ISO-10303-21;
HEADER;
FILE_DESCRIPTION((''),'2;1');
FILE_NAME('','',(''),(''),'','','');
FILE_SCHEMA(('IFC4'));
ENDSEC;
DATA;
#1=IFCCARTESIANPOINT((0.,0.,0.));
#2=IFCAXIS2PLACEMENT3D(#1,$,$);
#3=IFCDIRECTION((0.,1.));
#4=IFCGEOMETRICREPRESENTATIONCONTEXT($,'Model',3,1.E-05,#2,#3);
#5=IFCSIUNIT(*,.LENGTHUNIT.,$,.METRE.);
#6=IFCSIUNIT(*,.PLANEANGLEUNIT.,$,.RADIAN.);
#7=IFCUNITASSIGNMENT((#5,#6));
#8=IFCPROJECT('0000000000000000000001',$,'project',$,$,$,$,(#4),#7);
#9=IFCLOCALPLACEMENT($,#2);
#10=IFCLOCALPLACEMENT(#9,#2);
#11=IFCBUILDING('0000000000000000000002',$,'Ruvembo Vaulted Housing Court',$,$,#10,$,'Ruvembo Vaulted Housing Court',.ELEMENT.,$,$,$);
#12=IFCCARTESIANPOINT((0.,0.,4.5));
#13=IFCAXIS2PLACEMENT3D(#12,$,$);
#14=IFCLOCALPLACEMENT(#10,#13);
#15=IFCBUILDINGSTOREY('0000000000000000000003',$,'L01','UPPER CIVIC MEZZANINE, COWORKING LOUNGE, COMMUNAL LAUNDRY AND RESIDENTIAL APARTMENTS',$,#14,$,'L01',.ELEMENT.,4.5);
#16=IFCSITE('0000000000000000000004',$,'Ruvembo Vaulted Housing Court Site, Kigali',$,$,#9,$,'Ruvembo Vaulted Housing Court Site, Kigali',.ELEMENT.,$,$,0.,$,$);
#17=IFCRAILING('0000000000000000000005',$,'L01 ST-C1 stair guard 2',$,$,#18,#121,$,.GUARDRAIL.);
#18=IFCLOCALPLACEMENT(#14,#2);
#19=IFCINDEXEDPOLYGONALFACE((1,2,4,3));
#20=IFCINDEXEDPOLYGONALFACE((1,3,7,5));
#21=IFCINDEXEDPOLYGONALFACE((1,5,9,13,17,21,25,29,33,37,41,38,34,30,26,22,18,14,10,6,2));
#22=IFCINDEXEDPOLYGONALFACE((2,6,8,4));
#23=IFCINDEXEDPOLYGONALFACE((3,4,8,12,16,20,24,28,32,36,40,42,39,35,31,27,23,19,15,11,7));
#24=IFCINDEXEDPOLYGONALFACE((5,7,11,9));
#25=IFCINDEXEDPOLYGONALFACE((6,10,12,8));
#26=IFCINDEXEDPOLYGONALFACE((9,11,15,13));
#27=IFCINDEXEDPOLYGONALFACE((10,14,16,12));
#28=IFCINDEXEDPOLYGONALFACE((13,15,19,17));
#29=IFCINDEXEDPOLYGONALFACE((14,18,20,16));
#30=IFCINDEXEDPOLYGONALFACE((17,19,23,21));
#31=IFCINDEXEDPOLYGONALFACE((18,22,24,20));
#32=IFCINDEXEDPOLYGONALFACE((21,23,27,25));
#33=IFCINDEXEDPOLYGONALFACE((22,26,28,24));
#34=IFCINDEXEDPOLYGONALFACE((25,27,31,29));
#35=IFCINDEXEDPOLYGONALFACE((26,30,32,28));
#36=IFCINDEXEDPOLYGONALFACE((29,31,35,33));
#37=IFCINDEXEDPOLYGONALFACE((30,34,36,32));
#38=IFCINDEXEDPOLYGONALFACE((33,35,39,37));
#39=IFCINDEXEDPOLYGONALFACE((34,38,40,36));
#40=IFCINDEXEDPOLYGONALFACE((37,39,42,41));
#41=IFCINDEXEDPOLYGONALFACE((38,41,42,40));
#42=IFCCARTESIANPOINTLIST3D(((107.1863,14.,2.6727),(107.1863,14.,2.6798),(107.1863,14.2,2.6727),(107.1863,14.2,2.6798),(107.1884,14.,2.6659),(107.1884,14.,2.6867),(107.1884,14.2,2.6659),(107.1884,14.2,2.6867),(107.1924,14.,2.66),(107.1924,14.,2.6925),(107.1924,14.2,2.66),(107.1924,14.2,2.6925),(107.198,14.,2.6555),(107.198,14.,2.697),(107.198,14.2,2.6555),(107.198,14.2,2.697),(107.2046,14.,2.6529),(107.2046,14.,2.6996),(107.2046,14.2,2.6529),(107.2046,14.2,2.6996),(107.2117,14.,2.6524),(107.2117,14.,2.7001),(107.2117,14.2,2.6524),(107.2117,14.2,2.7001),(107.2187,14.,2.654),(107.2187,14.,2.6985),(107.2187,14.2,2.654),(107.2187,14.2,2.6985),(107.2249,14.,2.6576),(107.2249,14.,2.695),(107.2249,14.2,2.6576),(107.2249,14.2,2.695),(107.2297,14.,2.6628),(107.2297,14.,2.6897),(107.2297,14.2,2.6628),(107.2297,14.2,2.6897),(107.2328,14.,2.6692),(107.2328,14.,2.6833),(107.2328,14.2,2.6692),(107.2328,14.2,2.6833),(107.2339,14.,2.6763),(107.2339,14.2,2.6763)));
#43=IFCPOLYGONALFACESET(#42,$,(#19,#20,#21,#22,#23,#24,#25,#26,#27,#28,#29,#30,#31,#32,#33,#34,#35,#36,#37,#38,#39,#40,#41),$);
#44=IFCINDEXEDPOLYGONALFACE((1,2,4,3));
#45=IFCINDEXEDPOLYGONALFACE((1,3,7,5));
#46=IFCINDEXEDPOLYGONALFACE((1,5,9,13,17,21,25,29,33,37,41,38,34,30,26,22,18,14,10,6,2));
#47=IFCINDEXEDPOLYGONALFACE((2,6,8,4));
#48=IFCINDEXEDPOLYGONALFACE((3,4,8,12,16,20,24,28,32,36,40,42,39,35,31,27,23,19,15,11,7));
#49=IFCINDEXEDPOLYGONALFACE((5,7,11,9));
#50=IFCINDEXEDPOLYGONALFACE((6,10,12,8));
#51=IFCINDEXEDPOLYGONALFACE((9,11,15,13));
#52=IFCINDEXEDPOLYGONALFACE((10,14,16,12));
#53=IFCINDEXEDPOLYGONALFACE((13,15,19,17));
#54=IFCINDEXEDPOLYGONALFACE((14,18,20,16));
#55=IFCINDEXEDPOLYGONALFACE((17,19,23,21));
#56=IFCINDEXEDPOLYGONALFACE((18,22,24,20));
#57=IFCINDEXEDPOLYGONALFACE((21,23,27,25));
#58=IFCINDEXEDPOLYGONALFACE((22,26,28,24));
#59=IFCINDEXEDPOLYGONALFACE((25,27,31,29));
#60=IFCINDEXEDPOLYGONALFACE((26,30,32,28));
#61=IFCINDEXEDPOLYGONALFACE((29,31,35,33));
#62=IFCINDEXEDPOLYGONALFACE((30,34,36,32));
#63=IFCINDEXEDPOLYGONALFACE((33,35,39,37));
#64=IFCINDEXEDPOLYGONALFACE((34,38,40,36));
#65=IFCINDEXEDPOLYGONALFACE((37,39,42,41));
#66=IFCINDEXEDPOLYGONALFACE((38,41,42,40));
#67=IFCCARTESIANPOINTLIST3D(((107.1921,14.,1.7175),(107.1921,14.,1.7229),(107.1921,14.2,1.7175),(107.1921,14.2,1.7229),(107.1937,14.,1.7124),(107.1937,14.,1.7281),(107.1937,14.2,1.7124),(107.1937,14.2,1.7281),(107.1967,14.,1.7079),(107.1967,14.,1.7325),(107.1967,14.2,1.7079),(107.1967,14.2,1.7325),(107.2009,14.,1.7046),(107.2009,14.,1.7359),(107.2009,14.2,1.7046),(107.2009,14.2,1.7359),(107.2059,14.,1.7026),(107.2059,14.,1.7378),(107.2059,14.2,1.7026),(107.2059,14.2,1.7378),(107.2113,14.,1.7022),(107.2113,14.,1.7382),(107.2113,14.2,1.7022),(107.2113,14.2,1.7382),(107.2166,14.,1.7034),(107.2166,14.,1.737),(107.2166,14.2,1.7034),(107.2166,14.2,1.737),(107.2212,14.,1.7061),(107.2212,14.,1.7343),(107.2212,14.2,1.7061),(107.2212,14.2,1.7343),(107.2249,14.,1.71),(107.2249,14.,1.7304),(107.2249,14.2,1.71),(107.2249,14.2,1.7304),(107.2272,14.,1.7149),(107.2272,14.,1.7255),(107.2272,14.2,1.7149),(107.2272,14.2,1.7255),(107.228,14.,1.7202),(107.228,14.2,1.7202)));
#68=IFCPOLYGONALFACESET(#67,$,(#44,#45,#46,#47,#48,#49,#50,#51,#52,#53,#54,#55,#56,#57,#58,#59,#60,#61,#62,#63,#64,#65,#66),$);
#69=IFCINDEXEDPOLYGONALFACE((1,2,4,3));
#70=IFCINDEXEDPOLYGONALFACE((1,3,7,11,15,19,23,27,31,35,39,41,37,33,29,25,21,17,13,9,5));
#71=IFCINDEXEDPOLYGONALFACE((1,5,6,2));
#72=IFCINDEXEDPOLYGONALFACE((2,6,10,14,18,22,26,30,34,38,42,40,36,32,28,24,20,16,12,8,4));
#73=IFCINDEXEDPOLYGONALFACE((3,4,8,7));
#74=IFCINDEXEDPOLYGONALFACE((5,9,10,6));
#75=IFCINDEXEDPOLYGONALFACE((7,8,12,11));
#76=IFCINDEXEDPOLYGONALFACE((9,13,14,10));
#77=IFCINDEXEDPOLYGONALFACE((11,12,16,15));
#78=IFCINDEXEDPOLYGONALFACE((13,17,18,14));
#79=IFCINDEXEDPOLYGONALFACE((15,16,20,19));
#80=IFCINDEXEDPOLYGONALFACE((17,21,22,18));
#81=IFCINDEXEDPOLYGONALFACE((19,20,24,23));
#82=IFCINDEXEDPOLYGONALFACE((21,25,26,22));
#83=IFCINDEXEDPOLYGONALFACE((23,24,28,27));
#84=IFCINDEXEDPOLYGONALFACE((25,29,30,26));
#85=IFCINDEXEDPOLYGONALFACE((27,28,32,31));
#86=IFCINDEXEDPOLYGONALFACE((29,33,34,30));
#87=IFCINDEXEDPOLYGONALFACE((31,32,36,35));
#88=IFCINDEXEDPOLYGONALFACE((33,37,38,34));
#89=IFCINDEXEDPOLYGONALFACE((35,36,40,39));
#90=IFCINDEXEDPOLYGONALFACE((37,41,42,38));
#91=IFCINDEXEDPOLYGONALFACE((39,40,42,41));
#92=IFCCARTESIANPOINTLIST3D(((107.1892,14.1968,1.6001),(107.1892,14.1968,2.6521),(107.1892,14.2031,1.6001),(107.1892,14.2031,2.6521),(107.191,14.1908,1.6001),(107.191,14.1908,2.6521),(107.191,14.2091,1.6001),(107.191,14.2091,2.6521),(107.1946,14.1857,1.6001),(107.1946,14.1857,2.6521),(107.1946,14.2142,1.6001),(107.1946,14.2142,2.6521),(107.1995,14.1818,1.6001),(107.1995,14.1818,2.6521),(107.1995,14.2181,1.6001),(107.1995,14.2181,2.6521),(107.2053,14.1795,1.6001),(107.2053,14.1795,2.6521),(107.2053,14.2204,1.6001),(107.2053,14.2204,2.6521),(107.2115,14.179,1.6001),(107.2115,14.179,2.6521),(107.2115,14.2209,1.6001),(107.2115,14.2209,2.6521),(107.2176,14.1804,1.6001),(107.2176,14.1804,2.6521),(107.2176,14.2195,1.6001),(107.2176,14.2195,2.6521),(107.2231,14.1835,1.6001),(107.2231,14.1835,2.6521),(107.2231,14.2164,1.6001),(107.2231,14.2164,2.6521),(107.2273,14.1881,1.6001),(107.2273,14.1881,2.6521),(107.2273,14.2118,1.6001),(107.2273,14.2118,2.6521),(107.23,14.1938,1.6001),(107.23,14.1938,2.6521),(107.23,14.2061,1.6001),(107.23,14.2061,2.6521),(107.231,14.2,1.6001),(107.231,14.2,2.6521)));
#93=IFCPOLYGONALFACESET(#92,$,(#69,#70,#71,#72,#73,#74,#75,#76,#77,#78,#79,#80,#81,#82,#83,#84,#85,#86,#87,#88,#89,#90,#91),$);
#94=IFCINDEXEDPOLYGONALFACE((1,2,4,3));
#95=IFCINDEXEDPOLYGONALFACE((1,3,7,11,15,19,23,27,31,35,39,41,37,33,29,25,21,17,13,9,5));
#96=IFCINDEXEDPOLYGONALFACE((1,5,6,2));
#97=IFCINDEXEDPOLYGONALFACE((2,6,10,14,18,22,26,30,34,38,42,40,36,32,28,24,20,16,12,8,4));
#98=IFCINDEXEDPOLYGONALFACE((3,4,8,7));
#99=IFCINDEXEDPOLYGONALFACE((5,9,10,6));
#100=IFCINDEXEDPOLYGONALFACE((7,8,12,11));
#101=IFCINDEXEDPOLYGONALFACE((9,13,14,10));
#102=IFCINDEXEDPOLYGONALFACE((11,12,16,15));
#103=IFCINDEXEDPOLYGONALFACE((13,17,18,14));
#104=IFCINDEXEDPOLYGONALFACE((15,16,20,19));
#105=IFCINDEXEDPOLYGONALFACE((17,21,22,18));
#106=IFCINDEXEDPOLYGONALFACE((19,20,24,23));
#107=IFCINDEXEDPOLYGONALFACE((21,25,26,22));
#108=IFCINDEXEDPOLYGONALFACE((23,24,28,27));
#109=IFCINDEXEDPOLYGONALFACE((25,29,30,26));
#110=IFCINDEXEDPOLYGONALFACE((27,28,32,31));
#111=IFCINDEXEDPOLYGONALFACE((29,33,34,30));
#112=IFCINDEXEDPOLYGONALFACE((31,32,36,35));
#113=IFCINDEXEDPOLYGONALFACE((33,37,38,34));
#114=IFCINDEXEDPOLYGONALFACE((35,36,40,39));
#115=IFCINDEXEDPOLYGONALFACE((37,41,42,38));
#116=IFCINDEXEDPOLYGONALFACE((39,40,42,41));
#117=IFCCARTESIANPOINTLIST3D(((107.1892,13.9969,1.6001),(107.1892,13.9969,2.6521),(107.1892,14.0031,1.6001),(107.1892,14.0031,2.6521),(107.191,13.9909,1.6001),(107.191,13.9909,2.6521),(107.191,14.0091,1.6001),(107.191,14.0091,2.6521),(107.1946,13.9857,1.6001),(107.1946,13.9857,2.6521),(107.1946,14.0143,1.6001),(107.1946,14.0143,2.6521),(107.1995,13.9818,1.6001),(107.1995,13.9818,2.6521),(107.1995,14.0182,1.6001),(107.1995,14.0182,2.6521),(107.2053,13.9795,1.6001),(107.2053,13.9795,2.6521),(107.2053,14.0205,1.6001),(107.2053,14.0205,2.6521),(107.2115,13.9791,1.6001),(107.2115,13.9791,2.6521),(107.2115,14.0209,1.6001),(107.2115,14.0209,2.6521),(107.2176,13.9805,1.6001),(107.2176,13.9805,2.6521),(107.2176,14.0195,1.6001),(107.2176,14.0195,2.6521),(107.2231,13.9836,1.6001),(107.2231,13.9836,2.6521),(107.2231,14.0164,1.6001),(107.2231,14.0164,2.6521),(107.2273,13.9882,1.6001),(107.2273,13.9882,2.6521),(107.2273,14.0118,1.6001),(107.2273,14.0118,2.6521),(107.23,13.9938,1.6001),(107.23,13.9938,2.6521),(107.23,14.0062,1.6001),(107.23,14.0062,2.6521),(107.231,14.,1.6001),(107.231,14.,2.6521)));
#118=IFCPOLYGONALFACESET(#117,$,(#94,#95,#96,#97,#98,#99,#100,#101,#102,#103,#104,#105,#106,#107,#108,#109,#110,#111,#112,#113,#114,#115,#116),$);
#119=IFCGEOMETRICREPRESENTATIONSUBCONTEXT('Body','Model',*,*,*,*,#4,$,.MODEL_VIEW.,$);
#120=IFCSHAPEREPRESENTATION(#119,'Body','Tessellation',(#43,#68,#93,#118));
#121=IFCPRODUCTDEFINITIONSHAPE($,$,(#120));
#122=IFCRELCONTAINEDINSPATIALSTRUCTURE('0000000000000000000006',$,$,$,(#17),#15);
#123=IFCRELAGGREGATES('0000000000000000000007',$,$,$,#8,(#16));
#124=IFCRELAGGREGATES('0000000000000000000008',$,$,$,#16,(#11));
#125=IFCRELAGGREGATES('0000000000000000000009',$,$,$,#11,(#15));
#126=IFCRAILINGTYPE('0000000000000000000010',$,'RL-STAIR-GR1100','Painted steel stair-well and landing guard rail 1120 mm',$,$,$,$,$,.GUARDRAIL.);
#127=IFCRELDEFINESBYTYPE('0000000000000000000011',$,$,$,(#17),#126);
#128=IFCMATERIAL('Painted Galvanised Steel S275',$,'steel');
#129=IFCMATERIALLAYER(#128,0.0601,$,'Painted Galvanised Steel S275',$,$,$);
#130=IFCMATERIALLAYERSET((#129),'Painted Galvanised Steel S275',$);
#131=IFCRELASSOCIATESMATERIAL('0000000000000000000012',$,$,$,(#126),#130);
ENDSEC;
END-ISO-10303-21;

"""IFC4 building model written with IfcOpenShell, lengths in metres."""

from ifc_helpers import new_model, si_unit, direction, frame, origin, origin_2d, place, context, subcontext, project, spatial, circle, extrude, material, layer, layer_set, type_object, element, save


model = new_model("IFC4")

# Units and contexts
model_context = context("Model", 3, precision=1e-05, world=origin(), true_north=direction((0.0, 1.0)))
body_context = subcontext(model_context, "Body", "Model", "MODEL_VIEW")
ifc_project = project(units=[si_unit("LENGTHUNIT", "METRE"), si_unit("PLANEANGLEUNIT", "RADIAN")], contexts=[model_context])

# Site, building, storey
site_placement = place(None, origin())
site = spatial("IfcSite", under=ifc_project, at=site_placement, Name="Ruvembo Vaulted Housing Court Site, Kigali", LongName="Ruvembo Vaulted Housing Court Site, Kigali", CompositionType="ELEMENT", RefElevation=0.0)
building_placement = place(site_placement, origin())
building = spatial("IfcBuilding", under=site, at=building_placement, Name="Ruvembo Vaulted Housing Court", LongName="Ruvembo Vaulted Housing Court", CompositionType="ELEMENT")
storey_placement = place(building_placement, frame((0.0, 0.0, 4.5)))
storey = spatial("IfcBuildingStorey", under=building, at=storey_placement, Name="L01", Description="UPPER CIVIC MEZZANINE, COWORKING LOUNGE, COMMUNAL LAUNDRY AND RESIDENTIAL APARTMENTS", LongName="L01", CompositionType="ELEMENT", Elevation=4.5)

# Railing
ifc_material_1 = material(Name="Painted Galvanised Steel S275", Category="steel")
ifc_layer_1 = layer(ifc_material_1, 0.0601, Name="Painted Galvanised Steel S275")
ifc_layer_set_1 = layer_set([ifc_layer_1], Name="Painted Galvanised Steel S275")
railing_type_1 = type_object("IfcRailingType", Name="RL-STAIR-GR1100", Description="Painted steel stair-well and landing guard rail 1120 mm", PredefinedType="GUARDRAIL", material=ifc_layer_set_1)
railing_1_placement = place(storey_placement, frame((107.21, 14.2, 1.6001)))
element("IfcRailing", 1, at=railing_1_placement, inside=storey, type_object=railing_type_1, Name="L01 ST-C1 stair guard 2", PredefinedType="GUARDRAIL", context=body_context, shape_type="SweptSolid", body=[
    extrude(circle(Radius=0.0239, at=origin_2d()), frame((0.0, 0.0, 1.0762), z_axis=(0.0, -1.0, 0.0), x_axis=(1.0, 0.0, 0.0)), (0.0, 0.0, 1.0), 0.2),
    extrude(circle(Radius=0.0181, at=origin_2d()), frame((0.0, 0.0, 0.1201), z_axis=(0.0, -1.0, 0.0), x_axis=(1.0, 0.0, 0.0)), (0.0, 0.0, 1.0), 0.2),
    extrude(circle(Radius=0.021, at=origin_2d()), origin(), (0.0, 0.0, 1.0), 1.052),
    extrude(circle(Radius=0.021, at=origin_2d()), frame((0.0, -0.2, 0.0)), (0.0, 0.0, 1.0), 1.052),
])

save(model, "model.ifc")
